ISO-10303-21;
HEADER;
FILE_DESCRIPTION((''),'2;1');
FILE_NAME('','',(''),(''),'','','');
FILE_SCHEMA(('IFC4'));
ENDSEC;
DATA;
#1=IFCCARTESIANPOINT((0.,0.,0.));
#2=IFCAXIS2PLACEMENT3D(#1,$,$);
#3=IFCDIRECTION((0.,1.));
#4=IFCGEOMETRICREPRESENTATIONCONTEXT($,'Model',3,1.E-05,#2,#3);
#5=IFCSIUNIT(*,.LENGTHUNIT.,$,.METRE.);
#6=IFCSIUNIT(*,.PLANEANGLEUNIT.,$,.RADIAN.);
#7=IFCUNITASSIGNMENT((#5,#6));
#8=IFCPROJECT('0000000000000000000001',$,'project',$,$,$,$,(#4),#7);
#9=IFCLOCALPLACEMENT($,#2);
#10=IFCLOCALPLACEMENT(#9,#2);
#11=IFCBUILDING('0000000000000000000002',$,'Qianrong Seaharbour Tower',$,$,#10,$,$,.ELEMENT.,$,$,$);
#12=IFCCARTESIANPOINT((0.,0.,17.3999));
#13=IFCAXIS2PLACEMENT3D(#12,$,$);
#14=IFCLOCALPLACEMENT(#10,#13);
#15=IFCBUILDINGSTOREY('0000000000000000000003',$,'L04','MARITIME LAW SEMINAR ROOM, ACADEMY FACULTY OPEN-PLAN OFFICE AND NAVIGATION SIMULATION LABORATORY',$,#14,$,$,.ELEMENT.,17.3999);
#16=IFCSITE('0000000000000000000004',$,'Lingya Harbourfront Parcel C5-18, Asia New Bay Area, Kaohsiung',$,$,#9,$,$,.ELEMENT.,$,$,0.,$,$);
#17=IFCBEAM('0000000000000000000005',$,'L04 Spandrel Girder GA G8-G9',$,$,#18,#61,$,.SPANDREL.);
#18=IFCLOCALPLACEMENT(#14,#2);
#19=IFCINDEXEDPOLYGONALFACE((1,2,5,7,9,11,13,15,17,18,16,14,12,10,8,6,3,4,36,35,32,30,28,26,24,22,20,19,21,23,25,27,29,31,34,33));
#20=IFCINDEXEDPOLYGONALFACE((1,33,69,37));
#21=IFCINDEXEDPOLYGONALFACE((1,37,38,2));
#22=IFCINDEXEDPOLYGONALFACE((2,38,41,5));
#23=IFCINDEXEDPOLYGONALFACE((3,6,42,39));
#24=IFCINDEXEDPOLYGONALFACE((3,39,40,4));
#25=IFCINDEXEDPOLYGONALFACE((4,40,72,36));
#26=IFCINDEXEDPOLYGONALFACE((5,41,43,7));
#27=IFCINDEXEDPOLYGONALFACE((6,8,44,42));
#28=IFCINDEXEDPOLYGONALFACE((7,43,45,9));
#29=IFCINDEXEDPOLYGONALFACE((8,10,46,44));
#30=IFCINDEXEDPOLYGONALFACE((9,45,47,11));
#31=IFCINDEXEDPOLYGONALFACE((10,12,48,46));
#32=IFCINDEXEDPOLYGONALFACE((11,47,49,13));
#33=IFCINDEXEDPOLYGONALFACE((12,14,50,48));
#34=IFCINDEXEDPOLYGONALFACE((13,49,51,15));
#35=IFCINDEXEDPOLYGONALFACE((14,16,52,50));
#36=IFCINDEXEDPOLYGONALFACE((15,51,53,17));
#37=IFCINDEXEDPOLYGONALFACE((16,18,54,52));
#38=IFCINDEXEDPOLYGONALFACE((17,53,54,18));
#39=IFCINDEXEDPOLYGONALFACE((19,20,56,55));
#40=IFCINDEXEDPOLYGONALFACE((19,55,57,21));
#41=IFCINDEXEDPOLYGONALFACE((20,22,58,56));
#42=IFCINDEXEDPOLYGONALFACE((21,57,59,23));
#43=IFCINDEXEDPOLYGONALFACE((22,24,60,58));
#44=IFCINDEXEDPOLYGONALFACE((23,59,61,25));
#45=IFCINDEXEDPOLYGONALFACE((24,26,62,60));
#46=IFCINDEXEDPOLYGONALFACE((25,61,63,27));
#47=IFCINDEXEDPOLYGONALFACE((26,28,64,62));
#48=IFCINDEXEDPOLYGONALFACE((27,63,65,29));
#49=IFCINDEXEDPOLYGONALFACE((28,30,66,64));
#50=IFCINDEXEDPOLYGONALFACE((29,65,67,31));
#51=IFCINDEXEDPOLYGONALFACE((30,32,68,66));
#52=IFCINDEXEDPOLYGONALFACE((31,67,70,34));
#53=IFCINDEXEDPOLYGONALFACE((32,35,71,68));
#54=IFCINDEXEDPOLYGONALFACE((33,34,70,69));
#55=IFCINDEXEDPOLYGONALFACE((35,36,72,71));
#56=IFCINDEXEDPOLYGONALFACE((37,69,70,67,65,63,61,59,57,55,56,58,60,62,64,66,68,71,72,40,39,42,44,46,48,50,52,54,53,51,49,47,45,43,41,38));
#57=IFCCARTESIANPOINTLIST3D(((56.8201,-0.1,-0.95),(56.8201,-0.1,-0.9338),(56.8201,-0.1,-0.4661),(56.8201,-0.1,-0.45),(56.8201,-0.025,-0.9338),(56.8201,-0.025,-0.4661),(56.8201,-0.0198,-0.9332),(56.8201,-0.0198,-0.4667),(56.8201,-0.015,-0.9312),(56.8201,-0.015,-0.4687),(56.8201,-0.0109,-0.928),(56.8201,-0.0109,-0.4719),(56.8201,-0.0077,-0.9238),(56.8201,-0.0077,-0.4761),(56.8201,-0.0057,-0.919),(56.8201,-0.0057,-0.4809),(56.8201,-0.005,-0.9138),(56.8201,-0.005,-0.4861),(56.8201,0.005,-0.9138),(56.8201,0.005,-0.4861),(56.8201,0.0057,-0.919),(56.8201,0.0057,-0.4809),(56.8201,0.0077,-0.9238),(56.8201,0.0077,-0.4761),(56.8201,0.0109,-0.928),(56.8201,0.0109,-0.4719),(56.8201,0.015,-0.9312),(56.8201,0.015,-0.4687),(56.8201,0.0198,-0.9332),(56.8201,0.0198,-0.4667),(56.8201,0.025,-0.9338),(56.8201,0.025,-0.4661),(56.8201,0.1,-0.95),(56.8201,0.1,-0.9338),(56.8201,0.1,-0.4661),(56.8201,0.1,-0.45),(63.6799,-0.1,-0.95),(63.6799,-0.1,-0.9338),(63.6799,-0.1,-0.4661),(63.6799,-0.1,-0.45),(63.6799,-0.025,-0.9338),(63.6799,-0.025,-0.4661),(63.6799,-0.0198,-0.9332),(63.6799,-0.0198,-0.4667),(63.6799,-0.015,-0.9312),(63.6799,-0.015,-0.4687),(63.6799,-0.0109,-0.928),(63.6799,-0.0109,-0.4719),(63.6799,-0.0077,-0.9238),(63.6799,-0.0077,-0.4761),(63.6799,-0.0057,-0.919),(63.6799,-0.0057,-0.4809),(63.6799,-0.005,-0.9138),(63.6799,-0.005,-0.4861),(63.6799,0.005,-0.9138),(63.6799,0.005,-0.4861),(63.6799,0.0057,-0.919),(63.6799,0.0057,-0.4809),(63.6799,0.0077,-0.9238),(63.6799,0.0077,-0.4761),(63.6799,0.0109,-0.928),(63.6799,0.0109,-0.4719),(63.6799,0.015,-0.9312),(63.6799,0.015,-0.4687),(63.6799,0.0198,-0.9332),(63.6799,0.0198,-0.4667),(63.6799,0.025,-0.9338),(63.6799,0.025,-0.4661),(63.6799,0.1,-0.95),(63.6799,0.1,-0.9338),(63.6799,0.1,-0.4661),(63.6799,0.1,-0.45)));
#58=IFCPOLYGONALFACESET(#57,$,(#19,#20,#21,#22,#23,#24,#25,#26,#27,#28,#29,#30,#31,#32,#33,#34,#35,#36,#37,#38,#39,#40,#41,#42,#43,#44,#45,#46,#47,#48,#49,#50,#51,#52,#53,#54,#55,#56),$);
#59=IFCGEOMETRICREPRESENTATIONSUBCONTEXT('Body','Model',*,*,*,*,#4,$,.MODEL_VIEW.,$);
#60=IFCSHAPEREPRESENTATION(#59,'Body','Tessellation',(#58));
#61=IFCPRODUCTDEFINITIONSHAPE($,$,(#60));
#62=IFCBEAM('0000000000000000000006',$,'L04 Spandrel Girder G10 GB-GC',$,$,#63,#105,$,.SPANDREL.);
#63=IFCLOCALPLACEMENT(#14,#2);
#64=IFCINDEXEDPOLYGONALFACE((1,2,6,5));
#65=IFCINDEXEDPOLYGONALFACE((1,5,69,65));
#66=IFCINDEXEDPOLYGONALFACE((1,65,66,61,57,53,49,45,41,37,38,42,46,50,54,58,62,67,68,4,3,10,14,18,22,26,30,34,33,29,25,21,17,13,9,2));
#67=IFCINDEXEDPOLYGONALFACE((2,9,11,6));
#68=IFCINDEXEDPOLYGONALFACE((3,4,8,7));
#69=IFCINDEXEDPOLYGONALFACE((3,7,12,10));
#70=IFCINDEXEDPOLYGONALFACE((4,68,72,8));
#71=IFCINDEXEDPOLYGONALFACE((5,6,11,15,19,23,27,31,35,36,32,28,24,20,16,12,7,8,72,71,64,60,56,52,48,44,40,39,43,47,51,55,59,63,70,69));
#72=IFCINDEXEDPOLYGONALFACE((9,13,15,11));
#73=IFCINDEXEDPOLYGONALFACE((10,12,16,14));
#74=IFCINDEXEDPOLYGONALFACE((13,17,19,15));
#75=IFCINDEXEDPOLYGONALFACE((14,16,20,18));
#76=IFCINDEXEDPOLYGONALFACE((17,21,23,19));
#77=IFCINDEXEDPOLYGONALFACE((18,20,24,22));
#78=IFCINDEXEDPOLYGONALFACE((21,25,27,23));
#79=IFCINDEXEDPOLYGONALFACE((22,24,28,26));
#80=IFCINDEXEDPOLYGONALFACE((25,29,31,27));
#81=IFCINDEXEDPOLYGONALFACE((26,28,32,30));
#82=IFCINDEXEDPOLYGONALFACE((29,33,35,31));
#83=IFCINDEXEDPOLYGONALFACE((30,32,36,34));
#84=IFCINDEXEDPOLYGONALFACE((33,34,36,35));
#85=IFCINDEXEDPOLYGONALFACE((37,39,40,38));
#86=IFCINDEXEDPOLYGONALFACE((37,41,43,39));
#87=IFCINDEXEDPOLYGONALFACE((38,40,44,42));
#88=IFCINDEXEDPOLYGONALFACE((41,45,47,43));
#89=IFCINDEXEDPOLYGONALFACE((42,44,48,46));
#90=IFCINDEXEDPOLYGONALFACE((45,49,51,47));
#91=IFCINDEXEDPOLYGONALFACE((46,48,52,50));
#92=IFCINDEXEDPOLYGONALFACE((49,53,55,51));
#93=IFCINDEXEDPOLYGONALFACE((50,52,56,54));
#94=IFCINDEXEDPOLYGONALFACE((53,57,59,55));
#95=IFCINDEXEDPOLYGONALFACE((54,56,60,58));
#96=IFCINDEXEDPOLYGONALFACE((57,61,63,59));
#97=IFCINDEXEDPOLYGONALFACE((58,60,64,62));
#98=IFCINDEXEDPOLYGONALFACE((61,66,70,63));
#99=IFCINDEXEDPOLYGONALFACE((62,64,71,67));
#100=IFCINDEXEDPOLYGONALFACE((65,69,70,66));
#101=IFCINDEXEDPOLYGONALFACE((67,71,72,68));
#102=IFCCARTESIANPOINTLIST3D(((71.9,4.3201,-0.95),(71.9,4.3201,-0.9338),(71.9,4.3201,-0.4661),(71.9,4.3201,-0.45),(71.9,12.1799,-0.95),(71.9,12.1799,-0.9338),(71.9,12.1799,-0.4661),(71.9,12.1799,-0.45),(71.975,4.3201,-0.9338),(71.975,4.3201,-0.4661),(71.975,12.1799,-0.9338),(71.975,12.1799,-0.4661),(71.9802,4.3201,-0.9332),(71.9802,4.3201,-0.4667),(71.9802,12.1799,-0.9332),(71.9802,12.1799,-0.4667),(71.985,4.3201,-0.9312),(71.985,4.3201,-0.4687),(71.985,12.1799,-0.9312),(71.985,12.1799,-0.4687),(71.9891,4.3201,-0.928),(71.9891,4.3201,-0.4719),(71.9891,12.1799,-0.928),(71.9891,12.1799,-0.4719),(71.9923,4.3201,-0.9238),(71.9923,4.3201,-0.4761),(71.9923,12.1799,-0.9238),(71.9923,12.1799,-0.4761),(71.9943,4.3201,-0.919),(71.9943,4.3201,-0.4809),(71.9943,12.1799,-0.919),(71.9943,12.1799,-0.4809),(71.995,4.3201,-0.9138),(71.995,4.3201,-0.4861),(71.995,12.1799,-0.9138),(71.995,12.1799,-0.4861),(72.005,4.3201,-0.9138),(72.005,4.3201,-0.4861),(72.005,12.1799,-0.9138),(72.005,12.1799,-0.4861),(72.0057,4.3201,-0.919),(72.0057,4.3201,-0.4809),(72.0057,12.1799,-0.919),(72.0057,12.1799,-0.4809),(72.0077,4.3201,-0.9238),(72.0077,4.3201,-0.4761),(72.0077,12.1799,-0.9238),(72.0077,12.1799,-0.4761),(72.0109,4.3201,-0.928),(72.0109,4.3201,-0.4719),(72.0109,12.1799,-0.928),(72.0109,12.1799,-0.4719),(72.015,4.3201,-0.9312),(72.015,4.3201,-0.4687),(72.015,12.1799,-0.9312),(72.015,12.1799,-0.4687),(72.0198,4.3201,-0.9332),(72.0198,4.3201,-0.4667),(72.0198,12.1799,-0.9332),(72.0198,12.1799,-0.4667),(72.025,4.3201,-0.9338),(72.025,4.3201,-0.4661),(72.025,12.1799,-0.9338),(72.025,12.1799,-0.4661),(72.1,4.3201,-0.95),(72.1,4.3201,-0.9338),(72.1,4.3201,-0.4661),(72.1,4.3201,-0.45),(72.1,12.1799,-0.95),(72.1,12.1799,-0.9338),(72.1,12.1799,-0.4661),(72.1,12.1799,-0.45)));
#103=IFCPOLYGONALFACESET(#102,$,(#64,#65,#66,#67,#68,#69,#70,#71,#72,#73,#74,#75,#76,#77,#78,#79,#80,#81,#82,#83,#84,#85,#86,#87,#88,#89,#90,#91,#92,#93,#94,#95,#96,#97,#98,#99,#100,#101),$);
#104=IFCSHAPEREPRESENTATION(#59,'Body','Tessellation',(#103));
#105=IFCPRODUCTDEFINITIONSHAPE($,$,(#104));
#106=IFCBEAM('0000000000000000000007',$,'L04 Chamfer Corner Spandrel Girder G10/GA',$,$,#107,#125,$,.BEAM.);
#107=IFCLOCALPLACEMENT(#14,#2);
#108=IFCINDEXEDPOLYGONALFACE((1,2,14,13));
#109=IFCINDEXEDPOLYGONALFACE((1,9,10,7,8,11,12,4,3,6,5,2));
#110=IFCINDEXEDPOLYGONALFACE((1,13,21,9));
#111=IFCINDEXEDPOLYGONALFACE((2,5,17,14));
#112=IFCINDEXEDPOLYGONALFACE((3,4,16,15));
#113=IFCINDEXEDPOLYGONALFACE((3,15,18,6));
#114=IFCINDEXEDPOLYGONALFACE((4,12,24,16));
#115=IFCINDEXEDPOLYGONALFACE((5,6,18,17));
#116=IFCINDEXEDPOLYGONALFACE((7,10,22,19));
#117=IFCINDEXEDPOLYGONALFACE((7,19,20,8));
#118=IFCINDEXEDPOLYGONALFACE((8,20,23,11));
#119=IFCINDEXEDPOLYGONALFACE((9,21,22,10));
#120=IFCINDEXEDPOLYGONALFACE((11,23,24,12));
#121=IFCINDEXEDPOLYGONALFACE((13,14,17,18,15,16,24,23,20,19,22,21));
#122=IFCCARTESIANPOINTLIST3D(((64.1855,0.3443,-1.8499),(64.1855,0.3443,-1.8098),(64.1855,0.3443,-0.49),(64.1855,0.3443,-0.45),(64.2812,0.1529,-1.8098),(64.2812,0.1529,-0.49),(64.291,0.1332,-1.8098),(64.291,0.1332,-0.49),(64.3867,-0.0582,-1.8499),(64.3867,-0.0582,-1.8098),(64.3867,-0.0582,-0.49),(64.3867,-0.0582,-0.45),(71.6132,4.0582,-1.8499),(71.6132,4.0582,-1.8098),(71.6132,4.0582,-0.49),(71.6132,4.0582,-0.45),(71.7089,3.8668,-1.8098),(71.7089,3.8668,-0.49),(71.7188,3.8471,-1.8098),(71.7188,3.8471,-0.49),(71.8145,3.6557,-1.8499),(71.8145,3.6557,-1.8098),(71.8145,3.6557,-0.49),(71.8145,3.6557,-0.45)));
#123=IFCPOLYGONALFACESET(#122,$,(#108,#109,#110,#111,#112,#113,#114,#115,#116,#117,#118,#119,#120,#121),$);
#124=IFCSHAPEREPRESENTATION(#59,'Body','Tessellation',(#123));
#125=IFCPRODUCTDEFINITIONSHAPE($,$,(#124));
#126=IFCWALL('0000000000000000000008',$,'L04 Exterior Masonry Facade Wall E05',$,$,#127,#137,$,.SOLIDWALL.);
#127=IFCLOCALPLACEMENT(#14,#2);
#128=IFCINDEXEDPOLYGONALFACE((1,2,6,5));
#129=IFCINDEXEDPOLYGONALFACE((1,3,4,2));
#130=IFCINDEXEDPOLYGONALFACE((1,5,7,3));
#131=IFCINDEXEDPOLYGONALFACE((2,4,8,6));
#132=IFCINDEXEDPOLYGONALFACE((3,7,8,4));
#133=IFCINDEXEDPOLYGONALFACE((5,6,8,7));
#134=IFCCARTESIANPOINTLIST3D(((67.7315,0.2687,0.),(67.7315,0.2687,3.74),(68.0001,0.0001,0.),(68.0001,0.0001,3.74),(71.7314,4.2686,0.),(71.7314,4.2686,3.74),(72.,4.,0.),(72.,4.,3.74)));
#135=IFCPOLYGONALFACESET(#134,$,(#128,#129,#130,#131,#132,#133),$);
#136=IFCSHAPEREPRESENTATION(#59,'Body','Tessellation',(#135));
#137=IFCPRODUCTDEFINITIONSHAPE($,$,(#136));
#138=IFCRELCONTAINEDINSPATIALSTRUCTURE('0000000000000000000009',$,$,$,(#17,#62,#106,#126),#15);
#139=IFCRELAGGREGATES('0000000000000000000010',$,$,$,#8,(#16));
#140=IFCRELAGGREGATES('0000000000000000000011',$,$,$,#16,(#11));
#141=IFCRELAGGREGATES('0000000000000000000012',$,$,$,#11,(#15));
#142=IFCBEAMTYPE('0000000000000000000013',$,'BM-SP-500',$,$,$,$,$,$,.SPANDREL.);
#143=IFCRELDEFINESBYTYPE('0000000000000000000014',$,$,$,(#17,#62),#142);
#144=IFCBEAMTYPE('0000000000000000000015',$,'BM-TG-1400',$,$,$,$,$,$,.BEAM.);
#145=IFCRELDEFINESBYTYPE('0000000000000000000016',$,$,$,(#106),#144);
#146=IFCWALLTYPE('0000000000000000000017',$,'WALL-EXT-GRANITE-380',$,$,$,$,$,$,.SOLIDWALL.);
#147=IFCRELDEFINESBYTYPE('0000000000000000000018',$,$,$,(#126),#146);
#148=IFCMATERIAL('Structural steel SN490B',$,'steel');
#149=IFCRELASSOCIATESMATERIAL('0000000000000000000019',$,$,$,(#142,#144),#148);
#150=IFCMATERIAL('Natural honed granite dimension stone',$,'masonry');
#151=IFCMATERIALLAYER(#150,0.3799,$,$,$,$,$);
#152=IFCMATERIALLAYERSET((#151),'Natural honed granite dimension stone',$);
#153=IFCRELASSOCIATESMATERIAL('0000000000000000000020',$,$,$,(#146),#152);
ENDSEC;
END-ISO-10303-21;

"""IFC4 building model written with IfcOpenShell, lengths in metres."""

from ifc_helpers import new_model, si_unit, direction, frame, frame_2d, origin, origin_2d, place, context, subcontext, project, spatial, rectangle, i_section, extrude, material, layer, layer_set, material_profile, profile_set, type_object, element, save


model = new_model("IFC4")

# Units and contexts
model_context = context("Model", 3, precision=1e-05, world=origin(), true_north=direction((0.0, 1.0)))
body_context = subcontext(model_context, "Body", "Model", "MODEL_VIEW")
ifc_project = project(units=[si_unit("LENGTHUNIT", "METRE"), si_unit("PLANEANGLEUNIT", "RADIAN")], contexts=[model_context])

# Site, building, storey
site_placement = place(None, origin())
site = spatial("IfcSite", under=ifc_project, at=site_placement, Name="Lingya Harbourfront Parcel C5-18, Asia New Bay Area, Kaohsiung", CompositionType="ELEMENT", RefElevation=0.0)
building_placement = place(site_placement, origin())
building = spatial("IfcBuilding", under=site, at=building_placement, Name="Qianrong Seaharbour Tower", CompositionType="ELEMENT")
storey_placement = place(building_placement, frame((0.0, 0.0, 17.3999)))
storey = spatial("IfcBuildingStorey", under=building, at=storey_placement, Name="L04", Description="MARITIME LAW SEMINAR ROOM, ACADEMY FACULTY OPEN-PLAN OFFICE AND NAVIGATION SIMULATION LABORATORY", CompositionType="ELEMENT", Elevation=17.3999)

# Beams
ifc_material_1 = material(Name="Structural steel SN490B", Category="steel")
ifc_material_profile_1 = material_profile(ifc_material_1, i_section(OverallWidth=0.2, OverallDepth=0.5, WebThickness=0.01, FlangeThickness=0.0161, FilletRadius=0.02, at=origin_2d()), Name="H500x200x10x16")
ifc_profile_set_1 = profile_set([ifc_material_profile_1], Name="Structural steel SN490B")
beam_type_1 = type_object("IfcBeamType", Name="BM-SP-500", PredefinedType="SPANDREL", material=ifc_profile_set_1)
beam_1_placement = place(storey_placement, frame((56.8201, 0.0, -0.7), z_axis=(1.0, 0.0, 0.0), x_axis=(0.0, 1.0, 0.0)))
element("IfcBeam", 1, at=beam_1_placement, inside=storey, type_object=beam_type_1, Name="L04 Spandrel Girder GA G8-G9", PredefinedType="SPANDREL", context=body_context, shape_type="SweptSolid", body=[
    extrude(i_section(OverallWidth=0.2, OverallDepth=0.5, WebThickness=0.01, FlangeThickness=0.0161, FilletRadius=0.02, at=origin_2d()), origin(), (0.0, 0.0, 1.0), 6.8599),
])
beam_2_placement = place(storey_placement, frame((72.0, 4.3201, -0.7), z_axis=(0.0, 1.0, 0.0), x_axis=(-1.0, 0.0, 0.0)))
element("IfcBeam", 2, at=beam_2_placement, inside=storey, type_object=beam_type_1, Name="L04 Spandrel Girder G10 GB-GC", PredefinedType="SPANDREL", context=body_context, shape_type="SweptSolid", body=[
    extrude(i_section(OverallWidth=0.2, OverallDepth=0.5, WebThickness=0.01, FlangeThickness=0.0161, FilletRadius=0.02, at=origin_2d()), origin(), (0.0, 0.0, 1.0), 7.8599),
])
ifc_material_profile_2 = material_profile(ifc_material_1, i_section(OverallWidth=0.45, OverallDepth=1.3999, WebThickness=0.022, FlangeThickness=0.04, at=origin_2d()), Name="BH1400x450x22x40")
ifc_profile_set_2 = profile_set([ifc_material_profile_2], Name="Structural steel SN490B")
beam_type_2 = type_object("IfcBeamType", Name="BM-TG-1400", PredefinedType="BEAM", material=ifc_profile_set_2)
beam_3_placement = place(storey_placement, frame((64.2861, 0.1431, -1.1499), z_axis=(0.894427, 0.447214, 0.0), x_axis=(-0.447214, 0.894427, 0.0)))
element("IfcBeam", 3, at=beam_3_placement, inside=storey, type_object=beam_type_2, Name="L04 Chamfer Corner Spandrel Girder G10/GA", PredefinedType="BEAM", context=body_context, shape_type="SweptSolid", body=[
    extrude(i_section(OverallWidth=0.45, OverallDepth=1.3999, WebThickness=0.022, FlangeThickness=0.04, at=origin_2d()), origin(), (0.0, 0.0, 1.0), 8.3044),
])

# Wall
ifc_material_2 = material(Name="Natural honed granite dimension stone", Category="masonry")
ifc_layer_1 = layer(ifc_material_2, 0.3799)
ifc_layer_set_1 = layer_set([ifc_layer_1], Name="Natural honed granite dimension stone")
wall_type = type_object("IfcWallType", Name="WALL-EXT-GRANITE-380", PredefinedType="SOLIDWALL", material=ifc_layer_set_1)
wall_1_placement = place(storey_placement, frame((71.8657, 4.1343, 0.0), z_axis=(0.0, 0.0, 1.0), x_axis=(-0.707107, -0.707107, 0.0)))
element("IfcWall", 4, at=wall_1_placement, inside=storey, type_object=wall_type, Name="L04 Exterior Masonry Facade Wall E05", PredefinedType="SOLIDWALL", context=body_context, shape_type="SweptSolid", body=[
    extrude(rectangle(XDim=5.6567, YDim=0.3799, at=frame_2d((2.8284, 0.0))), origin(), (0.0, 0.0, 1.0), 3.74),
])

save(model, "model.ifc")
